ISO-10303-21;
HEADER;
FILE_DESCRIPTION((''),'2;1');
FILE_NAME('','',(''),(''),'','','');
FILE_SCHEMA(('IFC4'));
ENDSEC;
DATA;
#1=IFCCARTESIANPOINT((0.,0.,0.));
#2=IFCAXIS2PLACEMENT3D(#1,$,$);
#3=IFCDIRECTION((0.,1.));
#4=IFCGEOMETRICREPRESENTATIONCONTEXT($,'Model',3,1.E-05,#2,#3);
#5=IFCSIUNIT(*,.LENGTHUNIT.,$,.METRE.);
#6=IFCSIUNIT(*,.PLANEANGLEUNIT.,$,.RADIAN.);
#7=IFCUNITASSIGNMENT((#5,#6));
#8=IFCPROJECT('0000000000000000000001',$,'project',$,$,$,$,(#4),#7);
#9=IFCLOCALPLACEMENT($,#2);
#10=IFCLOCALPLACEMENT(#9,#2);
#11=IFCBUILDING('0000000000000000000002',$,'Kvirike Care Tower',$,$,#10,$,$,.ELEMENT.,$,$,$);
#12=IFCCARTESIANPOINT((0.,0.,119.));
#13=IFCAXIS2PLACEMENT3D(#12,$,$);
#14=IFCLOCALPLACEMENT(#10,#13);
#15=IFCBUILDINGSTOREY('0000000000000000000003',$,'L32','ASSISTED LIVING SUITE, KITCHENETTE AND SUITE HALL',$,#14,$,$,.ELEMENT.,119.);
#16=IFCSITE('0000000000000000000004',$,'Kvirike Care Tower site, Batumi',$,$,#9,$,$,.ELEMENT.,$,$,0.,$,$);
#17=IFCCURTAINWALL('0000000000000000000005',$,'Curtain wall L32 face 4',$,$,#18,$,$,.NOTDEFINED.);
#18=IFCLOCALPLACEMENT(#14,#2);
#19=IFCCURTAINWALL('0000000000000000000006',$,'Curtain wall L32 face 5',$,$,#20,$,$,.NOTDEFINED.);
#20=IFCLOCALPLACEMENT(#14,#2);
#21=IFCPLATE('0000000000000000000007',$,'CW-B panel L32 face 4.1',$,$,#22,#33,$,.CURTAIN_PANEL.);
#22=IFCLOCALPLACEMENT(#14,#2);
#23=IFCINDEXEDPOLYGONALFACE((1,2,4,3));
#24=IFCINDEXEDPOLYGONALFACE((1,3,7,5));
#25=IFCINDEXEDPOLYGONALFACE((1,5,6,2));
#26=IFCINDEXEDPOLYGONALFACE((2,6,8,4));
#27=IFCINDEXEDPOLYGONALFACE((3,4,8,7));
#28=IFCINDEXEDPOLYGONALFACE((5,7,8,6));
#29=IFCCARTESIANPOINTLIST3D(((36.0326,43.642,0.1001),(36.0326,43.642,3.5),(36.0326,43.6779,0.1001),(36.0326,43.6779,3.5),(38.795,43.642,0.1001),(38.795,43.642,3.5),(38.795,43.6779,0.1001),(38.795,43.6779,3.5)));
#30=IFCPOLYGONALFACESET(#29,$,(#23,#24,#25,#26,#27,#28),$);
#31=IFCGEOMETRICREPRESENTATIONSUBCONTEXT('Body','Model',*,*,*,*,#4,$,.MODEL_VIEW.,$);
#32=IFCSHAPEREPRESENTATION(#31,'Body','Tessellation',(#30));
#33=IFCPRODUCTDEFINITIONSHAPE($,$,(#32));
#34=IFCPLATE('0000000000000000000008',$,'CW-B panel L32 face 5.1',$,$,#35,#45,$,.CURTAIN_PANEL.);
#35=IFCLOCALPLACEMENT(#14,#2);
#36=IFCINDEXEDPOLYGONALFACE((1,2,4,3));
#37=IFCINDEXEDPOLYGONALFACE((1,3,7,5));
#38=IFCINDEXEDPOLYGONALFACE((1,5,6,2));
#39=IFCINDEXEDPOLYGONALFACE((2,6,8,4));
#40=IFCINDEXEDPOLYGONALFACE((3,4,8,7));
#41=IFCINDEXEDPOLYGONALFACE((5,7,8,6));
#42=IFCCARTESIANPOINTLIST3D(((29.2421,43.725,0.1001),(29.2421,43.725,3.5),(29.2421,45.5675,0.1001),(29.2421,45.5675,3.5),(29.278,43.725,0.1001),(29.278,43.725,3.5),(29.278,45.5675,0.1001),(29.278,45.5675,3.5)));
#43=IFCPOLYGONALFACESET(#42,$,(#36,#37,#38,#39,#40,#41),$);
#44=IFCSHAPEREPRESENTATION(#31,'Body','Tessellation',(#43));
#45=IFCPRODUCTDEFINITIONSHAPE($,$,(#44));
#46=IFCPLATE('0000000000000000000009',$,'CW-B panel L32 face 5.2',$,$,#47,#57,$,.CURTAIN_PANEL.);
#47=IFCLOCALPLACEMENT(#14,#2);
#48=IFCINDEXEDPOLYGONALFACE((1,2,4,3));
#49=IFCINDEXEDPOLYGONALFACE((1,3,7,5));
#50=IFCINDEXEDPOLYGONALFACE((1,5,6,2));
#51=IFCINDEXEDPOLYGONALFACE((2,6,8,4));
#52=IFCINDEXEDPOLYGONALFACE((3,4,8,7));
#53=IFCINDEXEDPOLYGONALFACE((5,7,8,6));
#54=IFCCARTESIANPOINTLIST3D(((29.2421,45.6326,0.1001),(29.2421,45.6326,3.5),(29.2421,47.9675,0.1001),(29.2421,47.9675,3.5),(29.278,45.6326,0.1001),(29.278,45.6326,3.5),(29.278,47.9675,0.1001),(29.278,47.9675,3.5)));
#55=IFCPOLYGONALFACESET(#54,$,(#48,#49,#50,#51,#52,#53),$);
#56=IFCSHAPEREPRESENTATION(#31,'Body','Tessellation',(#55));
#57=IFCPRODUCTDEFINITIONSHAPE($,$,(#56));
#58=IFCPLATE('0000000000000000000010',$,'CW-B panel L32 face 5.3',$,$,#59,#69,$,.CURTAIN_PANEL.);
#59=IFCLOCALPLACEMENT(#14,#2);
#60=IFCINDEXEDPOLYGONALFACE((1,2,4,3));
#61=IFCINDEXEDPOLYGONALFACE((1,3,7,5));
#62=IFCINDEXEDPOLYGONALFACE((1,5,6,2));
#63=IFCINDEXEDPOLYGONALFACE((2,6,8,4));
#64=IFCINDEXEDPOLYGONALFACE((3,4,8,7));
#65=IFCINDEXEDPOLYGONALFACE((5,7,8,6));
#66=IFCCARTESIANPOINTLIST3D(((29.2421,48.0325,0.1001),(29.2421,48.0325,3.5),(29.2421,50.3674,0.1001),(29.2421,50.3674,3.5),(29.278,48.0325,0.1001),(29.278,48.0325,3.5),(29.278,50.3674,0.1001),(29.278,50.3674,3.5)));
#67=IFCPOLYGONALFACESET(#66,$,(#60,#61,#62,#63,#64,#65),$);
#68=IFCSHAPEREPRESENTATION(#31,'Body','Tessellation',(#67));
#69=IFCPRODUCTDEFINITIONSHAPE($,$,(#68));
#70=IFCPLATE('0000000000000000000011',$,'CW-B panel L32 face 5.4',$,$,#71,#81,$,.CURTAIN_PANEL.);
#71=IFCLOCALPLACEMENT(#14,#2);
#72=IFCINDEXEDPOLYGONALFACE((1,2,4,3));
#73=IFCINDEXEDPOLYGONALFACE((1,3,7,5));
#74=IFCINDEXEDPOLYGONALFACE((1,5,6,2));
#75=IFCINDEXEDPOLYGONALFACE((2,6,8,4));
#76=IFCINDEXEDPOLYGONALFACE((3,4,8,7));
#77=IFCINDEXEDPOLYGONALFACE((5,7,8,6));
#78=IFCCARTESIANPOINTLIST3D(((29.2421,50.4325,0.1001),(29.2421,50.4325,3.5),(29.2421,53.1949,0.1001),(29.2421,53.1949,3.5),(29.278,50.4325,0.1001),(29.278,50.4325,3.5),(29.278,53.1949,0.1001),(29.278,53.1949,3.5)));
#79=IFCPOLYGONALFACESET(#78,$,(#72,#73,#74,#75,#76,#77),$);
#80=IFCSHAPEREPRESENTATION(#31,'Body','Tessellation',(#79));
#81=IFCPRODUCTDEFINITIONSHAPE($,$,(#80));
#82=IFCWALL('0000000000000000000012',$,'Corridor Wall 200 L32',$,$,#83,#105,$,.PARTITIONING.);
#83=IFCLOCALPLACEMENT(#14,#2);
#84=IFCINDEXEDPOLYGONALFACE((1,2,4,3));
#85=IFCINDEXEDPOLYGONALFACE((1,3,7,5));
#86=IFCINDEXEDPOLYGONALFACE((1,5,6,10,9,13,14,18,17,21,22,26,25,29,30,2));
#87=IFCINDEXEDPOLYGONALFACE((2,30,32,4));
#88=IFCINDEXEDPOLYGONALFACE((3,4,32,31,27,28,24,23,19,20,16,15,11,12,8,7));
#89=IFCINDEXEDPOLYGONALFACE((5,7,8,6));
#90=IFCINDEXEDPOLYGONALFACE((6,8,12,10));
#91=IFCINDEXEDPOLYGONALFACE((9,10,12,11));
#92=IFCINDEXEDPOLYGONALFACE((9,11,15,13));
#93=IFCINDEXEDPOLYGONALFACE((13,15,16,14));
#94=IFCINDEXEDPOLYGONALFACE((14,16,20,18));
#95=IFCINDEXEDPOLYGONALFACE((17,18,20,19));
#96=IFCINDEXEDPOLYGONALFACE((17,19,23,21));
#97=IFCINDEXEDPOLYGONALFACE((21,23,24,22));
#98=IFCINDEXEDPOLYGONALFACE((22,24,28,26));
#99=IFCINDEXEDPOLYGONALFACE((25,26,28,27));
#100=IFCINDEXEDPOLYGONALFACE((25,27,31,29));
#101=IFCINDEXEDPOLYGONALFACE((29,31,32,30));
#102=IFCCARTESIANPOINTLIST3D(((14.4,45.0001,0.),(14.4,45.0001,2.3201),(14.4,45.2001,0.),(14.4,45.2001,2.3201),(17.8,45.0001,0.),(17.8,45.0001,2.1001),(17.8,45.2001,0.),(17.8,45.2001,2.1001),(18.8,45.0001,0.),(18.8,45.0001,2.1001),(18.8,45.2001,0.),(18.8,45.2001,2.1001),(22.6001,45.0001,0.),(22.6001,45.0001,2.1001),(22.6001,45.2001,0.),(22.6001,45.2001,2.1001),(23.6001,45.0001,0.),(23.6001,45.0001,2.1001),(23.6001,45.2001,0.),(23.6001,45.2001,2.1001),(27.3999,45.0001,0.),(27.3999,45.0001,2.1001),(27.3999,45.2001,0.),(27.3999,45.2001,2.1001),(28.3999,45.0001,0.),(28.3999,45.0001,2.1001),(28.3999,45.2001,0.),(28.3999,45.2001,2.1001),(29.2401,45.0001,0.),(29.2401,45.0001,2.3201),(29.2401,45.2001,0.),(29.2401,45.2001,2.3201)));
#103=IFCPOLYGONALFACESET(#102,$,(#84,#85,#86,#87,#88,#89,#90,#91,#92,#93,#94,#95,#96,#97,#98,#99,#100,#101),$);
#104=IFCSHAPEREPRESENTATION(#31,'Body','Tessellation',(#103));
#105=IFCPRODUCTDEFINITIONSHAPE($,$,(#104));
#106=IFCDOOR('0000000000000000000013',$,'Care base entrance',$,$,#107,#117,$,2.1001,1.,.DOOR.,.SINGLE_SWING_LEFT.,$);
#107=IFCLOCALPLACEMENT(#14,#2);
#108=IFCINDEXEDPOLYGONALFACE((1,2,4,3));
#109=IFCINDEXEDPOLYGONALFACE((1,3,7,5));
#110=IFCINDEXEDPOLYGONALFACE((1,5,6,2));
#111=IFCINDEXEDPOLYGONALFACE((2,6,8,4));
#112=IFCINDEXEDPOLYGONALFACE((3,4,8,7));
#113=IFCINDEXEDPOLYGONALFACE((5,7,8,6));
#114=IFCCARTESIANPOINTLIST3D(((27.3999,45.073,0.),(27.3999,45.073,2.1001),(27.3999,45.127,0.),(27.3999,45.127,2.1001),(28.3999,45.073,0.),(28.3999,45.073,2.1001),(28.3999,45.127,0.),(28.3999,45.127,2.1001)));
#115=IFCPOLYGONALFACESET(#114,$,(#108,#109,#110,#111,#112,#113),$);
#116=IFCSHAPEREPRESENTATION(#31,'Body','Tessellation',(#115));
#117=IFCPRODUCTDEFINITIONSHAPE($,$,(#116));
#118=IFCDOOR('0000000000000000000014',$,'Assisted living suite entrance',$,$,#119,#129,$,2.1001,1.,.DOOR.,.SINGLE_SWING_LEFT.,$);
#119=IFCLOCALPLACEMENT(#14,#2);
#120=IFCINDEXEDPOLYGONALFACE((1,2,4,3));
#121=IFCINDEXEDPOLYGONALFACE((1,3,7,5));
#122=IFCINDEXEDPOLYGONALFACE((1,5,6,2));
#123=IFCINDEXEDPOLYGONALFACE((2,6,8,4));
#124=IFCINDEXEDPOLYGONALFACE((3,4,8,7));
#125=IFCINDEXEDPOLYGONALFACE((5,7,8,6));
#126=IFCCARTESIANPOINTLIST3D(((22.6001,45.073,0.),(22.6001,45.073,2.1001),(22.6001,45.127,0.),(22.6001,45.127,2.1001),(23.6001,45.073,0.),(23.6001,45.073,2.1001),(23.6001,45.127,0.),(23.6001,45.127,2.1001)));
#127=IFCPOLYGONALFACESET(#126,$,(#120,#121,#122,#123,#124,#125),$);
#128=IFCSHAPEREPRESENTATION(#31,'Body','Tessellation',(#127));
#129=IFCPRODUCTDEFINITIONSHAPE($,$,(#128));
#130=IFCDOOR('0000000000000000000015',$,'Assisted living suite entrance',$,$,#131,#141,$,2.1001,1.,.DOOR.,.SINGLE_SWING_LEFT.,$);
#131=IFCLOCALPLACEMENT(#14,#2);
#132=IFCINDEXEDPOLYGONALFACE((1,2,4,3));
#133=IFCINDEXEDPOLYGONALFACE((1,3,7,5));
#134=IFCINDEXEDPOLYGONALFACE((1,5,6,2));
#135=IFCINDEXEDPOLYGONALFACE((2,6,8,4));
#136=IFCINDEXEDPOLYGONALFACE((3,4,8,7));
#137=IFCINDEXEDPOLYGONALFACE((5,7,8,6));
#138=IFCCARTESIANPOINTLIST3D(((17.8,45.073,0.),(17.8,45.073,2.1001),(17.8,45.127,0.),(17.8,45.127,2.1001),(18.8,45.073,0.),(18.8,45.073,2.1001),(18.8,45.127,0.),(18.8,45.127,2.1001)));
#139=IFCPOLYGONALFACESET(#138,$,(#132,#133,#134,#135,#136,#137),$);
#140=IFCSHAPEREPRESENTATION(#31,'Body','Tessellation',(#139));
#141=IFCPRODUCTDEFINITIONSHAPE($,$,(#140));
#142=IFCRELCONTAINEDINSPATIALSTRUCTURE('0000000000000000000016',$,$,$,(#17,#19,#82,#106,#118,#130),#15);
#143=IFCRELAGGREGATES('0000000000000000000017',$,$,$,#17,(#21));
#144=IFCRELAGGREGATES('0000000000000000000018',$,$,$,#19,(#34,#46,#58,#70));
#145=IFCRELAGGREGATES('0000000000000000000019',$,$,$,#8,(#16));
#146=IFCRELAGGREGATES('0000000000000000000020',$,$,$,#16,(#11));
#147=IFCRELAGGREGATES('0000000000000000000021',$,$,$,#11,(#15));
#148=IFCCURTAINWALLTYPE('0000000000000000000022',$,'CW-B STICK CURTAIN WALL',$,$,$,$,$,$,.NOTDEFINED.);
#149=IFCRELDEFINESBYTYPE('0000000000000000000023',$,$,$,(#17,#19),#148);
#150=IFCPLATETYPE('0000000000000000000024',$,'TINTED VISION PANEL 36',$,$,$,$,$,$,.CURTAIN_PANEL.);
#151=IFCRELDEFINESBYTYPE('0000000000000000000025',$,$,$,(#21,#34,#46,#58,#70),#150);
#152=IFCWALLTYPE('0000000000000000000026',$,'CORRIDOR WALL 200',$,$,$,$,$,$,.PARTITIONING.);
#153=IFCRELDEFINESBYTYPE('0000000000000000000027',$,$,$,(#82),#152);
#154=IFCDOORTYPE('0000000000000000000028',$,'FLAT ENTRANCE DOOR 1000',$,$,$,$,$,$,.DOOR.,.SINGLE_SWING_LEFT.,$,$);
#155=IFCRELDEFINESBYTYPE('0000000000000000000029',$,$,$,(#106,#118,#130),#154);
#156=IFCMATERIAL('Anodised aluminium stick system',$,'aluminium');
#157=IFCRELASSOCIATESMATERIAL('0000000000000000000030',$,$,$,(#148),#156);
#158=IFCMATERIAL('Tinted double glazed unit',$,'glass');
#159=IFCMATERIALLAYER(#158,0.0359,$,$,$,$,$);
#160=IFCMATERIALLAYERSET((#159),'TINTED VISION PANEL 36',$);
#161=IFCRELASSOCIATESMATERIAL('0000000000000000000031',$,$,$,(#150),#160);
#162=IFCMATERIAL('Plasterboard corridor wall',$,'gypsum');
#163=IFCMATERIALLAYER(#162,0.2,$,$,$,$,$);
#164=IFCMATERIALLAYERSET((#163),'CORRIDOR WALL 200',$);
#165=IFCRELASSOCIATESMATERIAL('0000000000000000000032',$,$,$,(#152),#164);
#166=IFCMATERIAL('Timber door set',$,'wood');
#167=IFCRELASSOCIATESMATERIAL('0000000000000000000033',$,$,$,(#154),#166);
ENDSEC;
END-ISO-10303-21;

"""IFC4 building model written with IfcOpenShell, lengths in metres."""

from ifc_helpers import new_model, si_unit, direction, frame, frame_2d, origin, origin_2d, place, context, subcontext, project, spatial, rectangle, extrude, material, layer, layer_set, type_object, element, fill, aggregate, save


model = new_model("IFC4")

# Units and contexts
model_context = context("Model", 3, precision=1e-05, world=origin(), true_north=direction((0.0, 1.0)))
body_context = subcontext(model_context, "Body", "Model", "MODEL_VIEW")
ifc_project = project(units=[si_unit("LENGTHUNIT", "METRE"), si_unit("PLANEANGLEUNIT", "RADIAN")], contexts=[model_context])

# Site, building, storey
site_placement = place(None, origin())
site = spatial("IfcSite", under=ifc_project, at=site_placement, Name="Kvirike Care Tower site, Batumi", CompositionType="ELEMENT", RefElevation=0.0)
building_placement = place(site_placement, origin())
building = spatial("IfcBuilding", under=site, at=building_placement, Name="Kvirike Care Tower", CompositionType="ELEMENT")
storey_placement = place(building_placement, frame((0.0, 0.0, 119.0)))
storey = spatial("IfcBuildingStorey", under=building, at=storey_placement, Name="L32", Description="ASSISTED LIVING SUITE, KITCHENETTE AND SUITE HALL", CompositionType="ELEMENT", Elevation=119.0)

# Curtain walls
ifc_material_1 = material(Name="Anodised aluminium stick system", Category="aluminium")
curtain_wall_type = type_object("IfcCurtainWallType", Name="CW-B STICK CURTAIN WALL", PredefinedType="NOTDEFINED", material=ifc_material_1)
curtain_wall_1_placement = place(storey_placement, origin())
curtain_wall_1 = element("IfcCurtainWall", 1, at=curtain_wall_1_placement, inside=storey, type_object=curtain_wall_type, Name="Curtain wall L32 face 4", PredefinedType="NOTDEFINED")
curtain_wall_2_placement = place(storey_placement, origin())
curtain_wall_2 = element("IfcCurtainWall", 2, at=curtain_wall_2_placement, inside=storey, type_object=curtain_wall_type, Name="Curtain wall L32 face 5", PredefinedType="NOTDEFINED")

# Plates
ifc_material_2 = material(Name="Tinted double glazed unit", Category="glass")
ifc_layer_1 = layer(ifc_material_2, 0.0359)
ifc_layer_set_1 = layer_set([ifc_layer_1], Name="TINTED VISION PANEL 36")
plate_type = type_object("IfcPlateType", Name="TINTED VISION PANEL 36", PredefinedType="CURTAIN_PANEL", material=ifc_layer_set_1)
plate_1_placement = place(storey_placement, frame((37.4138, 43.6599, 0.1001), z_axis=(0.0, 0.0, 1.0), x_axis=(-1.0, 0.0, 0.0)))
plate_1 = element("IfcPlate", 3, at=plate_1_placement, type_object=plate_type, Name="CW-B panel L32 face 4.1", PredefinedType="CURTAIN_PANEL", context=body_context, shape_type="SweptSolid", body=[
    extrude(rectangle(XDim=2.7625, YDim=0.0359, at=origin_2d()), origin(), (0.0, 0.0, 1.0), 3.3999),
])
aggregate(curtain_wall_1, [plate_1])
plate_2_placement = place(storey_placement, frame((29.26, 44.6462, 0.1001), z_axis=(0.0, 0.0, 1.0), x_axis=(0.0, 1.0, 0.0)))
plate_2 = element("IfcPlate", 4, at=plate_2_placement, type_object=plate_type, Name="CW-B panel L32 face 5.1", PredefinedType="CURTAIN_PANEL", context=body_context, shape_type="SweptSolid", body=[
    extrude(rectangle(XDim=1.8425, YDim=0.0359, at=origin_2d()), origin(), (0.0, 0.0, 1.0), 3.3999),
])
plate_3_placement = place(storey_placement, frame((29.26, 46.8, 0.1001), z_axis=(0.0, 0.0, 1.0), x_axis=(0.0, 1.0, 0.0)))
plate_3 = element("IfcPlate", 5, at=plate_3_placement, type_object=plate_type, Name="CW-B panel L32 face 5.2", PredefinedType="CURTAIN_PANEL", context=body_context, shape_type="SweptSolid", body=[
    extrude(rectangle(XDim=2.335, YDim=0.0359, at=origin_2d()), origin(), (0.0, 0.0, 1.0), 3.3999),
])
plate_4_placement = place(storey_placement, frame((29.26, 49.2, 0.1001), z_axis=(0.0, 0.0, 1.0), x_axis=(0.0, 1.0, 0.0)))
plate_4 = element("IfcPlate", 6, at=plate_4_placement, type_object=plate_type, Name="CW-B panel L32 face 5.3", PredefinedType="CURTAIN_PANEL", context=body_context, shape_type="SweptSolid", body=[
    extrude(rectangle(XDim=2.335, YDim=0.0359, at=origin_2d()), origin(), (0.0, 0.0, 1.0), 3.3999),
])
plate_5_placement = place(storey_placement, frame((29.26, 51.8137, 0.1001), z_axis=(0.0, 0.0, 1.0), x_axis=(0.0, 1.0, 0.0)))
plate_5 = element("IfcPlate", 7, at=plate_5_placement, type_object=plate_type, Name="CW-B panel L32 face 5.4", PredefinedType="CURTAIN_PANEL", context=body_context, shape_type="SweptSolid", body=[
    extrude(rectangle(XDim=2.7625, YDim=0.0359, at=origin_2d()), origin(), (0.0, 0.0, 1.0), 3.3999),
])
aggregate(curtain_wall_2, [plate_2, plate_3, plate_4, plate_5])

# Wall, openings, doors
ifc_material_3 = material(Name="Plasterboard corridor wall", Category="gypsum")
ifc_layer_2 = layer(ifc_material_3, 0.2)
ifc_layer_set_2 = layer_set([ifc_layer_2], Name="CORRIDOR WALL 200")
wall_type = type_object("IfcWallType", Name="CORRIDOR WALL 200", PredefinedType="PARTITIONING", material=ifc_layer_set_2)
wall_placement = place(storey_placement, frame((29.24, 45.1001, 0.0), z_axis=(0.0, 0.0, 1.0), x_axis=(-1.0, 0.0, 0.0)))
wall = element("IfcWall", 8, at=wall_placement, inside=storey, type_object=wall_type, Name="Corridor Wall 200 L32", PredefinedType="PARTITIONING", context=body_context, shape_type="SweptSolid", body=[
    extrude(rectangle(XDim=14.8401, YDim=0.2, at=frame_2d((7.4199, 0.0))), origin(), (0.0, 0.0, 1.0), 2.3201),
])
opening_1_placement = place(wall_placement, frame((0.8401, 0.0, 0.0)))
opening_1 = element("IfcOpeningElement", 9, at=opening_1_placement, cuts=wall, PredefinedType="OPENING", context=body_context, shape_type="SweptSolid", body=[
    extrude(rectangle(XDim=1.0, YDim=2.1001, at=frame_2d((0.5, 1.05))), frame((0.0, 0.1106, 0.0), z_axis=(0.0, -1.0, 0.0), x_axis=(1.0, 0.0, 0.0)), (0.0, 0.0, 1.0), 0.2209),
])
opening_2_placement = place(wall_placement, frame((5.6399, 0.0, 0.0)))
opening_2 = element("IfcOpeningElement", 10, at=opening_2_placement, cuts=wall, PredefinedType="OPENING", context=body_context, shape_type="SweptSolid", body=[
    extrude(rectangle(XDim=1.0, YDim=2.1001, at=frame_2d((0.5, 1.05))), frame((0.0, 0.1106, 0.0), z_axis=(0.0, -1.0, 0.0), x_axis=(1.0, 0.0, 0.0)), (0.0, 0.0, 1.0), 0.2209),
])
opening_3_placement = place(wall_placement, frame((10.4399, 0.0, 0.0)))
opening_3 = element("IfcOpeningElement", 11, at=opening_3_placement, cuts=wall, PredefinedType="OPENING", context=body_context, shape_type="SweptSolid", body=[
    extrude(rectangle(XDim=1.0, YDim=2.1001, at=frame_2d((0.5, 1.05))), frame((0.0, 0.1106, 0.0), z_axis=(0.0, -1.0, 0.0), x_axis=(1.0, 0.0, 0.0)), (0.0, 0.0, 1.0), 0.2209),
])
ifc_material_4 = material(Name="Timber door set", Category="wood")
door_type = type_object("IfcDoorType", Name="FLAT ENTRANCE DOOR 1000", OperationType="SINGLE_SWING_LEFT", PredefinedType="DOOR", material=ifc_material_4)
door_1_placement = place(opening_1_placement, frame((1.0, 0.0, 0.0), z_axis=(0.0, 0.0, 1.0), x_axis=(-1.0, 0.0, 0.0)))
door_1 = element("IfcDoor", 12, at=door_1_placement, inside=storey, type_object=door_type, Name="Care base entrance", OperationType="SINGLE_SWING_LEFT", OverallHeight=2.1001, OverallWidth=1.0, PredefinedType="DOOR", context=body_context, shape_type="SweptSolid", body=[
    extrude(rectangle(XDim=1.0, YDim=2.1001, at=frame_2d((0.5, 1.05))), frame((0.0, 0.0269, 0.0), z_axis=(0.0, -1.0, 0.0), x_axis=(1.0, 0.0, 0.0)), (0.0, 0.0, 1.0), 0.054),
])
fill(opening_1, door_1)
door_2_placement = place(opening_2_placement, frame((1.0, 0.0, 0.0), z_axis=(0.0, 0.0, 1.0), x_axis=(-1.0, 0.0, 0.0)))
door_2 = element("IfcDoor", 13, at=door_2_placement, inside=storey, type_object=door_type, Name="Assisted living suite entrance", OperationType="SINGLE_SWING_LEFT", OverallHeight=2.1001, OverallWidth=1.0, PredefinedType="DOOR", context=body_context, shape_type="SweptSolid", body=[
    extrude(rectangle(XDim=1.0, YDim=2.1001, at=frame_2d((0.5, 1.05))), frame((0.0, 0.0269, 0.0), z_axis=(0.0, -1.0, 0.0), x_axis=(1.0, 0.0, 0.0)), (0.0, 0.0, 1.0), 0.054),
])
fill(opening_2, door_2)
door_3_placement = place(opening_3_placement, frame((1.0, 0.0, 0.0), z_axis=(0.0, 0.0, 1.0), x_axis=(-1.0, 0.0, 0.0)))
door_3 = element("IfcDoor", 14, at=door_3_placement, inside=storey, type_object=door_type, Name="Assisted living suite entrance", OperationType="SINGLE_SWING_LEFT", OverallHeight=2.1001, OverallWidth=1.0, PredefinedType="DOOR", context=body_context, shape_type="SweptSolid", body=[
    extrude(rectangle(XDim=1.0, YDim=2.1001, at=frame_2d((0.5, 1.05))), frame((0.0, 0.0269, 0.0), z_axis=(0.0, -1.0, 0.0), x_axis=(1.0, 0.0, 0.0)), (0.0, 0.0, 1.0), 0.054),
])
fill(opening_3, door_3)

save(model, "model.ifc")
